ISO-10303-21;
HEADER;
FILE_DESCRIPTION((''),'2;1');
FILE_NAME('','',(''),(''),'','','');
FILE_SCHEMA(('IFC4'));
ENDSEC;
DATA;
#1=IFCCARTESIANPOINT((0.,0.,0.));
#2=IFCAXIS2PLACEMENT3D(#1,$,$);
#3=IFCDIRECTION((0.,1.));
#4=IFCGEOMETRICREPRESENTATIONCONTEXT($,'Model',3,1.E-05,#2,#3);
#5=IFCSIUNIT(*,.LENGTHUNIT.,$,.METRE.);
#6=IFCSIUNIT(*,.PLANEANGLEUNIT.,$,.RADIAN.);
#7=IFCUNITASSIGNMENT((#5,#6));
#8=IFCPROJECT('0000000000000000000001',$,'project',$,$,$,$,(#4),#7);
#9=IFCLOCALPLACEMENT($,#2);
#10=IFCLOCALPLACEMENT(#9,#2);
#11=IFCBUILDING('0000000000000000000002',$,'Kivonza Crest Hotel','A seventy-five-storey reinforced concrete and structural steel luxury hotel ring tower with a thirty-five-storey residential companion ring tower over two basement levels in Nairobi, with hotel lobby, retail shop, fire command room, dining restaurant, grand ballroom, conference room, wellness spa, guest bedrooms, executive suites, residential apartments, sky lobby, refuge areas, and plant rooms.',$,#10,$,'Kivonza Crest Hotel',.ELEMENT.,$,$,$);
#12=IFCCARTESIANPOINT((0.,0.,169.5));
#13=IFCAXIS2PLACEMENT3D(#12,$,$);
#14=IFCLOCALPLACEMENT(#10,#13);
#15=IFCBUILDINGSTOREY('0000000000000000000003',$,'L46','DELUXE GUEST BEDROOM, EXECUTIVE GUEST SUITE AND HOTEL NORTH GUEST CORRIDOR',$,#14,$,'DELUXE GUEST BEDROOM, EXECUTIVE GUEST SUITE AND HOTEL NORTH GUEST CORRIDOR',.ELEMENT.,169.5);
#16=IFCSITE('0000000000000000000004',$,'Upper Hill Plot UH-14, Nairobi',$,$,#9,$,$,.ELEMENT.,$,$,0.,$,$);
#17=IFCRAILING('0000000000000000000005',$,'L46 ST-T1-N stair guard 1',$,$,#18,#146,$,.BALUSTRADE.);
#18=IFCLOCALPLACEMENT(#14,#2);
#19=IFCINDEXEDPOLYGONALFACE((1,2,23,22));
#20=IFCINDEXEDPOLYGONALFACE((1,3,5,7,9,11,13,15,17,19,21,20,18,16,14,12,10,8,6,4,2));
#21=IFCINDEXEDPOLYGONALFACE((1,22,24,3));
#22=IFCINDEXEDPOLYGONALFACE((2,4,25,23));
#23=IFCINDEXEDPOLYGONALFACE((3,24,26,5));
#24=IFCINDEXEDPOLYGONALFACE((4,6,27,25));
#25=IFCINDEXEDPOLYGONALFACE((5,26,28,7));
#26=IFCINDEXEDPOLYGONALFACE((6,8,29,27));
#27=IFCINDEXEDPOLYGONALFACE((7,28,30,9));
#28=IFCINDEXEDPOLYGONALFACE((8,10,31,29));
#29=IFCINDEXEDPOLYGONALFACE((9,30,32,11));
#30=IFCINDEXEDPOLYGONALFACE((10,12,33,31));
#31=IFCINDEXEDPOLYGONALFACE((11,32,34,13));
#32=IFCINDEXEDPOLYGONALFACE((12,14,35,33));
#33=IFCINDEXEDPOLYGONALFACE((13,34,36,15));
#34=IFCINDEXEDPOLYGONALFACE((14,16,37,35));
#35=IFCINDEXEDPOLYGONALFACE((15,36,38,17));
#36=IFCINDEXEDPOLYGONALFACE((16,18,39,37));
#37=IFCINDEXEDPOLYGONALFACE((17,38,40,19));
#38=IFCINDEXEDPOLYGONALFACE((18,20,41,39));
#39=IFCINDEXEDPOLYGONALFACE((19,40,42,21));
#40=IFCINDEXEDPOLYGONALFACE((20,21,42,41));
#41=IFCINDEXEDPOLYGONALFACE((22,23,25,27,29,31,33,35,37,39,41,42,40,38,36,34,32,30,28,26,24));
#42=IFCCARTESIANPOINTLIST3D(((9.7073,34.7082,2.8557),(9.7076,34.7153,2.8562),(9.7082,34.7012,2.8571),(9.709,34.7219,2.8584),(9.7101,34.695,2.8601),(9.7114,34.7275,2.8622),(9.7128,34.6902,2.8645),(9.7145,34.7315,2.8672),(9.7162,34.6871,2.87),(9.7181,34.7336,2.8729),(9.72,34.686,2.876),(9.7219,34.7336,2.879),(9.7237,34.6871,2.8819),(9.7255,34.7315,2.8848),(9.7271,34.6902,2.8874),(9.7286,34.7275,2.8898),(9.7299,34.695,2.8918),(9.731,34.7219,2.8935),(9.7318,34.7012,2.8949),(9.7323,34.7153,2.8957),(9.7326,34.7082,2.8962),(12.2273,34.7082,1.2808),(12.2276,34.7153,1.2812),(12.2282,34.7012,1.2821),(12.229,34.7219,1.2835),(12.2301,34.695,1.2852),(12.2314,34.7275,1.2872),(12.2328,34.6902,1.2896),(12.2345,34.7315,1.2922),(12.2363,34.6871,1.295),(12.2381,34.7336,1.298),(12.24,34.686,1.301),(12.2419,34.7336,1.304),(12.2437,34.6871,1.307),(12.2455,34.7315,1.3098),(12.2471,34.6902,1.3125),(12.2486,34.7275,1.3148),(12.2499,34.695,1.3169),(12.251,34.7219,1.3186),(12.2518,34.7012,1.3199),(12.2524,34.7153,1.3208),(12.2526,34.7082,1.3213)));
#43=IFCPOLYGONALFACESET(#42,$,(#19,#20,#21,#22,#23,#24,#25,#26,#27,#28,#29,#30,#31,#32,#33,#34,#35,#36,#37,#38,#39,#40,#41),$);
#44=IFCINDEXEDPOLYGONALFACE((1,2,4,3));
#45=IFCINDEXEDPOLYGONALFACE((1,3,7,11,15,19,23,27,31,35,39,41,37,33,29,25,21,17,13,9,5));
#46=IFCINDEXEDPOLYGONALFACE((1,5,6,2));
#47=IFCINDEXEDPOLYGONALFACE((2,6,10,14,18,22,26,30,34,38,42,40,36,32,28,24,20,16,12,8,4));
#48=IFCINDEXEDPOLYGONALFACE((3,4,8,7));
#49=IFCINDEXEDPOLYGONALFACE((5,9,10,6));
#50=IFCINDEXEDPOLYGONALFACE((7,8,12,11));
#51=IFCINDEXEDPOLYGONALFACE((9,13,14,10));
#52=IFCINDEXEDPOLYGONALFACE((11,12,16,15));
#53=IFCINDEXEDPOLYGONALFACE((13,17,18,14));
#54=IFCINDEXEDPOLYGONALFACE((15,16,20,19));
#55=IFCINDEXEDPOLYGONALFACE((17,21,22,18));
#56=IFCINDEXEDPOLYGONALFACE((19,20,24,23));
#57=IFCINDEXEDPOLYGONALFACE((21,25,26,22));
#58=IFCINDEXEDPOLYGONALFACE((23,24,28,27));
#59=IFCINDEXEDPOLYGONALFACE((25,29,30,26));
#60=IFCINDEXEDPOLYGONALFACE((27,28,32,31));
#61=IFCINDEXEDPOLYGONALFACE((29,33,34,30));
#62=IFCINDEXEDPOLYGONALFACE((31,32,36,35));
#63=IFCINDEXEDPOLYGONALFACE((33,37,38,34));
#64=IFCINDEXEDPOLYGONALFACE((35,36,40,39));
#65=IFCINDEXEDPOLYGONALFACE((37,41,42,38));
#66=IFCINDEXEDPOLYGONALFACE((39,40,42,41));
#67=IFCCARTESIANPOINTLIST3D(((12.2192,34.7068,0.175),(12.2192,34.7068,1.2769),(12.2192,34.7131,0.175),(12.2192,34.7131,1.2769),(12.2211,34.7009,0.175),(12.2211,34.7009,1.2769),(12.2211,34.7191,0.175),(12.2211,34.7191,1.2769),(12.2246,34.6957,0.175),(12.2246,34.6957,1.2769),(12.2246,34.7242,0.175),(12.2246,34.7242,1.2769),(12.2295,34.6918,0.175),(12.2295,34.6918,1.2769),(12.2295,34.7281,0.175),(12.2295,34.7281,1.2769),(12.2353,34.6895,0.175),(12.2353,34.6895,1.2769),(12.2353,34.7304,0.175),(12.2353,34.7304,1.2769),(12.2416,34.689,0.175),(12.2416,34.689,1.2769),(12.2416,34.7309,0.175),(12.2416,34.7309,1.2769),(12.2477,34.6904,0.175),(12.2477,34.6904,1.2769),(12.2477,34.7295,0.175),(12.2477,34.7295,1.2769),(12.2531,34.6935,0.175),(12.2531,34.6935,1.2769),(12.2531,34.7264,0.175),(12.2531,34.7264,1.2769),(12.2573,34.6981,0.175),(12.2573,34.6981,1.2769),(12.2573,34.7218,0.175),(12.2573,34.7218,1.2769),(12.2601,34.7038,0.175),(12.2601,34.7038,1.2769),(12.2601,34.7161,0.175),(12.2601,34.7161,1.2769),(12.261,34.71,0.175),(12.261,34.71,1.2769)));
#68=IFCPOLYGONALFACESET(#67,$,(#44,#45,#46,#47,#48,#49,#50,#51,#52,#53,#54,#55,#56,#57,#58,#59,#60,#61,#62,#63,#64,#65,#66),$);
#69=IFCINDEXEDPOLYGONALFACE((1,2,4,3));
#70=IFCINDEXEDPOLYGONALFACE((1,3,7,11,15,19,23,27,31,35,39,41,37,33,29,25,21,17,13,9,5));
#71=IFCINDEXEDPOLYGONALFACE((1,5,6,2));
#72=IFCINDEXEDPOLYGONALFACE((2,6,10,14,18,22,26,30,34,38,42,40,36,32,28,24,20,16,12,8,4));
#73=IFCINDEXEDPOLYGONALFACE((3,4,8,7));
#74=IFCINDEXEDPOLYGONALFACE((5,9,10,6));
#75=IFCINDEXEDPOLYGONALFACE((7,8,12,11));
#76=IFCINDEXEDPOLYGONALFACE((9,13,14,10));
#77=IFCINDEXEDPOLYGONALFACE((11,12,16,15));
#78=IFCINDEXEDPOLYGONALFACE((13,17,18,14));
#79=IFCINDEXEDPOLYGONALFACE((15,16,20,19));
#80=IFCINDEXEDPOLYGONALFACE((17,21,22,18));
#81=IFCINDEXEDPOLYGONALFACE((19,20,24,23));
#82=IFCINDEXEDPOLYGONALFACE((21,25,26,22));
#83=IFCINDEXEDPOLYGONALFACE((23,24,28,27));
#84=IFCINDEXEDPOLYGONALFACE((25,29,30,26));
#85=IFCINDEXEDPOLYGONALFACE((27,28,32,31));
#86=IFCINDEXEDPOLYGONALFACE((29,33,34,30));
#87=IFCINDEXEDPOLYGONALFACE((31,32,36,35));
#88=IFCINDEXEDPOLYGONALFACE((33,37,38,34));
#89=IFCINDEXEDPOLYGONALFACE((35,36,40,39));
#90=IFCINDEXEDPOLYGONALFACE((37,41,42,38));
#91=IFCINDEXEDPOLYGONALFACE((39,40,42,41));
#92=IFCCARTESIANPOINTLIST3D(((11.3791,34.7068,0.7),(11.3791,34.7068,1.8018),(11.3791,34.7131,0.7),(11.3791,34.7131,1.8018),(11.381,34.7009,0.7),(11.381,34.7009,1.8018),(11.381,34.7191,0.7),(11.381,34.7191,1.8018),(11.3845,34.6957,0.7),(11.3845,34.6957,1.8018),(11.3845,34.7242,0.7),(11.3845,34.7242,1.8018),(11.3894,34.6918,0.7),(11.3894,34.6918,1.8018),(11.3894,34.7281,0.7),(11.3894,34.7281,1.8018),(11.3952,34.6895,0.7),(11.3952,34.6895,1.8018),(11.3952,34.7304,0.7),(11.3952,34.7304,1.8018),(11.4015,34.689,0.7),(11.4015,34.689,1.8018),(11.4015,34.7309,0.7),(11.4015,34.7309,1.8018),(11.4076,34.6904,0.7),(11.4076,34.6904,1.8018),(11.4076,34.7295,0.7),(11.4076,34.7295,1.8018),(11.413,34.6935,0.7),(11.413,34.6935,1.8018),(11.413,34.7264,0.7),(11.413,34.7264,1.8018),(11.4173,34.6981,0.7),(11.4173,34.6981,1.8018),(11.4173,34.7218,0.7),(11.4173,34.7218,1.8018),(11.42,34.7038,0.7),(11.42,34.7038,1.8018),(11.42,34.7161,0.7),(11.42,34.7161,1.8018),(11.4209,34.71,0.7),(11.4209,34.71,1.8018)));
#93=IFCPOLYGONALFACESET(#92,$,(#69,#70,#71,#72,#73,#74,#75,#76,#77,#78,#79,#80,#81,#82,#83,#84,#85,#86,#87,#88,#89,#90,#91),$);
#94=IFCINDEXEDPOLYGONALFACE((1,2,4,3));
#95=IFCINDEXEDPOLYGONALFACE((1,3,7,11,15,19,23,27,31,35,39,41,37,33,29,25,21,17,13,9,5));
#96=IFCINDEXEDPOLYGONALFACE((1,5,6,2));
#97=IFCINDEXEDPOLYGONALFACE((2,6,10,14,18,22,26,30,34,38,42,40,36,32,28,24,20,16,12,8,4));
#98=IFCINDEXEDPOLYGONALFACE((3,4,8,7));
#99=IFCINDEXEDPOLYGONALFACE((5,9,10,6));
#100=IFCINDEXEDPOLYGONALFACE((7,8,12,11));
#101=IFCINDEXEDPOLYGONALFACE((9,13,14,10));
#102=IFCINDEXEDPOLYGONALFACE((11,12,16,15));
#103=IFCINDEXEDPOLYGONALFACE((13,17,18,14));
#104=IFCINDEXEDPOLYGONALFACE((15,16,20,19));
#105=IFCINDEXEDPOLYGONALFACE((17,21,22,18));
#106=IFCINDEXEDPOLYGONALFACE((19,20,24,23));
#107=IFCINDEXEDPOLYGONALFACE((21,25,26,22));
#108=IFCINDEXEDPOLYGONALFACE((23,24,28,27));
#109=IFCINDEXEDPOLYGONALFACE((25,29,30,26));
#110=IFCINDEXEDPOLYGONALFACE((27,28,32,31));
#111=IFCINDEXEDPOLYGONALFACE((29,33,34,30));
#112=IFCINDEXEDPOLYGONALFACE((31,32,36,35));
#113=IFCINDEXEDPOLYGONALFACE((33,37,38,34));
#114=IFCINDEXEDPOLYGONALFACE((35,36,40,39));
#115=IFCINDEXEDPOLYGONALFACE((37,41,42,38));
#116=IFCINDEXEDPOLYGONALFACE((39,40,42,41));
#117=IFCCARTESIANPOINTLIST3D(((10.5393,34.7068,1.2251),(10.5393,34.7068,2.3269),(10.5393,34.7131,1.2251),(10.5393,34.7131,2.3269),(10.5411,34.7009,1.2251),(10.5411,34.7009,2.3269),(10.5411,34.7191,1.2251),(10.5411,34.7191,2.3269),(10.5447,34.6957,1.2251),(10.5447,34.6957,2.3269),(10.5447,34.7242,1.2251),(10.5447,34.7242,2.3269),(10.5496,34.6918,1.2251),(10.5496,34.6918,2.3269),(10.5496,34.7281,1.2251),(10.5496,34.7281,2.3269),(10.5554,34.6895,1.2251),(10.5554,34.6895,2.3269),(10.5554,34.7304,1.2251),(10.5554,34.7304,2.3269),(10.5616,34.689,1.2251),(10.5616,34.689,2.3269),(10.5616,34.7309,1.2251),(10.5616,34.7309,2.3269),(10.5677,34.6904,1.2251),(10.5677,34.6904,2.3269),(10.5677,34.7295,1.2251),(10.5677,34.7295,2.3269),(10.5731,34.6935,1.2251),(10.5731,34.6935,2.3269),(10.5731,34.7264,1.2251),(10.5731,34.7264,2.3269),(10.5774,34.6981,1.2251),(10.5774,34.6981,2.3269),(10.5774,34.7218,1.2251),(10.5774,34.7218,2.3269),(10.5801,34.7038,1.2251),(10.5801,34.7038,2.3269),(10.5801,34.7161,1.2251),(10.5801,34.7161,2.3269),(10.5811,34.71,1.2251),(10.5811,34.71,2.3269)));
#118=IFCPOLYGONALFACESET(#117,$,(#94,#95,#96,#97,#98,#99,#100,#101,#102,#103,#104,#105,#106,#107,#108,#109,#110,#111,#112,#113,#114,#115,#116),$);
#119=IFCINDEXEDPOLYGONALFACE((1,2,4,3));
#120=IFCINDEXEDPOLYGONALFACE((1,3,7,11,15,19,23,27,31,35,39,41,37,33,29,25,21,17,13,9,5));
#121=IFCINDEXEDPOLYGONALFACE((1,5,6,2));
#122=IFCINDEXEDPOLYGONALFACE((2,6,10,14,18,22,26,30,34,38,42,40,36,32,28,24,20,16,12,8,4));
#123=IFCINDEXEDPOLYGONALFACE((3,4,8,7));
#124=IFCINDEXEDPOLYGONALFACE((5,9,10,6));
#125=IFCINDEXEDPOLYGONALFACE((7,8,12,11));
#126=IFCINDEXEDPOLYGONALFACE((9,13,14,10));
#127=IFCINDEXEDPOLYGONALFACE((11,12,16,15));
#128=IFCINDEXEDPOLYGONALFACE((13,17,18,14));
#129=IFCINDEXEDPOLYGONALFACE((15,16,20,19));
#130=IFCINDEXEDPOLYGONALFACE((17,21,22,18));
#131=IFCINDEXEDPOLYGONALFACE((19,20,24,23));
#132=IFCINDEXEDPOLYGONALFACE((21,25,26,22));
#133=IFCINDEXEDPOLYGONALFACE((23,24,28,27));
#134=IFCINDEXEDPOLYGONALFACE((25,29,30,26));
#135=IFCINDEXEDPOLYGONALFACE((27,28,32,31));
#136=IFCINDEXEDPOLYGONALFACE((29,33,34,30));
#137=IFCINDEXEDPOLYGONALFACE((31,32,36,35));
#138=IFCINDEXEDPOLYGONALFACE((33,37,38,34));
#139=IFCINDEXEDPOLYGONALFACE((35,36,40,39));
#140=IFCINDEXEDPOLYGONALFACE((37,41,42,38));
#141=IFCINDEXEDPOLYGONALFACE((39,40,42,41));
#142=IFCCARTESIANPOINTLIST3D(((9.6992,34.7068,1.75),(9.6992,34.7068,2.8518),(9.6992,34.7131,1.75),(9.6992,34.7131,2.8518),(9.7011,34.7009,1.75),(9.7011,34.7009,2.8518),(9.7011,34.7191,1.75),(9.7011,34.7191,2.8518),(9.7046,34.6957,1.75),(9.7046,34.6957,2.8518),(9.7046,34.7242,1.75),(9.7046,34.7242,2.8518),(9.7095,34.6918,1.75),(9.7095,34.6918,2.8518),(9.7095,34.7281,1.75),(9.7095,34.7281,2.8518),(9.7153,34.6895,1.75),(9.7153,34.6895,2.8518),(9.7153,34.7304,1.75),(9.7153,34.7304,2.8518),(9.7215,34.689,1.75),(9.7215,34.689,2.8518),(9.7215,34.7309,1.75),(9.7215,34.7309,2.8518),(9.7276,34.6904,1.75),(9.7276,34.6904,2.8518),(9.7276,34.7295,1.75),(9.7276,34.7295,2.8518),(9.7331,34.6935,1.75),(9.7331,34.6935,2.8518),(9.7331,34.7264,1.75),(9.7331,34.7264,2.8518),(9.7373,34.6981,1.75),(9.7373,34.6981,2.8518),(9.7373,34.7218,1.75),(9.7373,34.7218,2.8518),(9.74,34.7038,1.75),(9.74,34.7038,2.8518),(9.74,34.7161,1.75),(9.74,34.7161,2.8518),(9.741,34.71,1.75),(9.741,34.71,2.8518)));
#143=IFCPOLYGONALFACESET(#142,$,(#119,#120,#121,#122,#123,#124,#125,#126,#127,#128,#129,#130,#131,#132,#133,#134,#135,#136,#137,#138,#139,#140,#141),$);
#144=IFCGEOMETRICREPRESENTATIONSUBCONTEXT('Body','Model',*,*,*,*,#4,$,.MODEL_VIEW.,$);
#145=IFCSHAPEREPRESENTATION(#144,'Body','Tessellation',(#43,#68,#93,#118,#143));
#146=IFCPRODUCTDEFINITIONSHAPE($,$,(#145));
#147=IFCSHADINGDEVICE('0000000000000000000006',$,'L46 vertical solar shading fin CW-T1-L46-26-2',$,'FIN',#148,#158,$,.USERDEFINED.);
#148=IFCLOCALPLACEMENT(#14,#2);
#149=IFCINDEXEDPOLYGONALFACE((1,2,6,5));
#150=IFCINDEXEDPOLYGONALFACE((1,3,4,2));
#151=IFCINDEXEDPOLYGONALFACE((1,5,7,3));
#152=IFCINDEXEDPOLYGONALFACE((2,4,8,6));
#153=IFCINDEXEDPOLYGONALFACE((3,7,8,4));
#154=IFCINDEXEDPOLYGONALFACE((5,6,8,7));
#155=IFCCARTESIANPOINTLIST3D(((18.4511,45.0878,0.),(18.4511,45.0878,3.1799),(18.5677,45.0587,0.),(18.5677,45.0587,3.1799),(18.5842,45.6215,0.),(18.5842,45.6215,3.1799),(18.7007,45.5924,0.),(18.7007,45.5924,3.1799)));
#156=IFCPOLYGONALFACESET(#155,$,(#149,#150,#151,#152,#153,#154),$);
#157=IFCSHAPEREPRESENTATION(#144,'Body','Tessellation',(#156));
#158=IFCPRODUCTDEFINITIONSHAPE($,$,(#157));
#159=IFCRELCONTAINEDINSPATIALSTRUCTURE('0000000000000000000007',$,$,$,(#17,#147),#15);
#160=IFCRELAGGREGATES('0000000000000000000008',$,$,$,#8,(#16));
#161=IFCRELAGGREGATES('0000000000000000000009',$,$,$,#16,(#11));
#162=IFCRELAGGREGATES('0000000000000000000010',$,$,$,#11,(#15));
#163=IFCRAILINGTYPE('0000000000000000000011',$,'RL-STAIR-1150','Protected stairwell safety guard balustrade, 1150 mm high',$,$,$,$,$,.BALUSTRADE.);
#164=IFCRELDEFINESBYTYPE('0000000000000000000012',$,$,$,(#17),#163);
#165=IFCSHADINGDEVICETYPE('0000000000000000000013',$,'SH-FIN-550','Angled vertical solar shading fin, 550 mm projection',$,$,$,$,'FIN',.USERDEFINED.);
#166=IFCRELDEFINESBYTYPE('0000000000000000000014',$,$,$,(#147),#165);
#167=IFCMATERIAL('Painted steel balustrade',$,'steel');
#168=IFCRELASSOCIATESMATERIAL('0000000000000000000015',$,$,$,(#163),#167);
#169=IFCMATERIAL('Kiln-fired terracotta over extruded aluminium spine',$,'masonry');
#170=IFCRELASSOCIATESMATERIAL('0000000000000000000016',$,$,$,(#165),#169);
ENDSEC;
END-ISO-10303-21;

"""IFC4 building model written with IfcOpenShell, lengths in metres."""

from ifc_helpers import new_model, si_unit, direction, frame, origin, origin_2d, place, context, subcontext, project, spatial, rectangle, circle, extrude, material, type_object, element, save


model = new_model("IFC4")

# Units and contexts
model_context = context("Model", 3, precision=1e-05, world=origin(), true_north=direction((0.0, 1.0)))
body_context = subcontext(model_context, "Body", "Model", "MODEL_VIEW")
ifc_project = project(units=[si_unit("LENGTHUNIT", "METRE"), si_unit("PLANEANGLEUNIT", "RADIAN")], contexts=[model_context])

# Site, building, storey
site_placement = place(None, origin())
site = spatial("IfcSite", under=ifc_project, at=site_placement, Name="Upper Hill Plot UH-14, Nairobi", CompositionType="ELEMENT", RefElevation=0.0)
building_placement = place(site_placement, origin())
building = spatial("IfcBuilding", under=site, at=building_placement, Name="Kivonza Crest Hotel", Description="A seventy-five-storey reinforced concrete and structural steel luxury hotel ring tower with a thirty-five-storey residential companion ring tower over two basement levels in Nairobi, with hotel lobby, retail shop, fire command room, dining restaurant, grand ballroom, conference room, wellness spa, guest bedrooms, executive suites, residential apartments, sky lobby, refuge areas, and plant rooms.", LongName="Kivonza Crest Hotel", CompositionType="ELEMENT")
storey_placement = place(building_placement, frame((0.0, 0.0, 169.5)))
storey = spatial("IfcBuildingStorey", under=building, at=storey_placement, Name="L46", Description="DELUXE GUEST BEDROOM, EXECUTIVE GUEST SUITE AND HOTEL NORTH GUEST CORRIDOR", LongName="DELUXE GUEST BEDROOM, EXECUTIVE GUEST SUITE AND HOTEL NORTH GUEST CORRIDOR", CompositionType="ELEMENT", Elevation=169.5)

# Railing
ifc_material_1 = material(Name="Painted steel balustrade", Category="steel")
railing_type_1 = type_object("IfcRailingType", Name="RL-STAIR-1150", Description="Protected stairwell safety guard balustrade, 1150 mm high", PredefinedType="BALUSTRADE", material=ifc_material_1)
railing_1_placement = place(storey_placement, frame((12.24, 34.71, 0.175)))
element("IfcRailing", 1, at=railing_1_placement, inside=storey, type_object=railing_type_1, Name="L46 ST-T1-N stair guard 1", PredefinedType="BALUSTRADE", context=body_context, shape_type="SweptSolid", body=[
    extrude(circle(Radius=0.0239, at=origin_2d()), frame((0.0, 0.0, 1.126), z_axis=(-0.848008, 0.0, 0.529984), x_axis=(0.0, -1.0, 0.0)), (0.0, 0.0, 1.0), 2.9717),
    extrude(circle(Radius=0.021, at=origin_2d()), origin(), (0.0, 0.0, 1.0), 1.1018),
    extrude(circle(Radius=0.021, at=origin_2d()), frame((-0.8401, 0.0, 0.5249)), (0.0, 0.0, 1.0), 1.1018),
    extrude(circle(Radius=0.021, at=origin_2d()), frame((-1.6799, 0.0, 1.05)), (0.0, 0.0, 1.0), 1.1018),
    extrude(circle(Radius=0.021, at=origin_2d()), frame((-2.52, 0.0, 1.575)), (0.0, 0.0, 1.0), 1.1018),
])

# Shading device
ifc_material_2 = material(Name="Kiln-fired terracotta over extruded aluminium spine", Category="masonry")
shading_device_type = type_object("IfcShadingDeviceType", Name="SH-FIN-550", Description="Angled vertical solar shading fin, 550 mm projection", ElementType="FIN", PredefinedType="USERDEFINED", material=ifc_material_2)
shading_device_placement = place(storey_placement, frame((18.5759, 45.3401, 0.0), z_axis=(0.0, 0.0, 1.0), x_axis=(-0.970296, 0.241922, 0.0)))
element("IfcShadingDevice", 2, at=shading_device_placement, inside=storey, type_object=shading_device_type, Name="L46 vertical solar shading fin CW-T1-L46-26-2", ObjectType="FIN", PredefinedType="USERDEFINED", context=body_context, shape_type="SweptSolid", body=[
    extrude(rectangle(XDim=0.1201, YDim=0.55, at=origin_2d()), origin(), (0.0, 0.0, 1.0), 3.1799),
])

save(model, "model.ifc")
